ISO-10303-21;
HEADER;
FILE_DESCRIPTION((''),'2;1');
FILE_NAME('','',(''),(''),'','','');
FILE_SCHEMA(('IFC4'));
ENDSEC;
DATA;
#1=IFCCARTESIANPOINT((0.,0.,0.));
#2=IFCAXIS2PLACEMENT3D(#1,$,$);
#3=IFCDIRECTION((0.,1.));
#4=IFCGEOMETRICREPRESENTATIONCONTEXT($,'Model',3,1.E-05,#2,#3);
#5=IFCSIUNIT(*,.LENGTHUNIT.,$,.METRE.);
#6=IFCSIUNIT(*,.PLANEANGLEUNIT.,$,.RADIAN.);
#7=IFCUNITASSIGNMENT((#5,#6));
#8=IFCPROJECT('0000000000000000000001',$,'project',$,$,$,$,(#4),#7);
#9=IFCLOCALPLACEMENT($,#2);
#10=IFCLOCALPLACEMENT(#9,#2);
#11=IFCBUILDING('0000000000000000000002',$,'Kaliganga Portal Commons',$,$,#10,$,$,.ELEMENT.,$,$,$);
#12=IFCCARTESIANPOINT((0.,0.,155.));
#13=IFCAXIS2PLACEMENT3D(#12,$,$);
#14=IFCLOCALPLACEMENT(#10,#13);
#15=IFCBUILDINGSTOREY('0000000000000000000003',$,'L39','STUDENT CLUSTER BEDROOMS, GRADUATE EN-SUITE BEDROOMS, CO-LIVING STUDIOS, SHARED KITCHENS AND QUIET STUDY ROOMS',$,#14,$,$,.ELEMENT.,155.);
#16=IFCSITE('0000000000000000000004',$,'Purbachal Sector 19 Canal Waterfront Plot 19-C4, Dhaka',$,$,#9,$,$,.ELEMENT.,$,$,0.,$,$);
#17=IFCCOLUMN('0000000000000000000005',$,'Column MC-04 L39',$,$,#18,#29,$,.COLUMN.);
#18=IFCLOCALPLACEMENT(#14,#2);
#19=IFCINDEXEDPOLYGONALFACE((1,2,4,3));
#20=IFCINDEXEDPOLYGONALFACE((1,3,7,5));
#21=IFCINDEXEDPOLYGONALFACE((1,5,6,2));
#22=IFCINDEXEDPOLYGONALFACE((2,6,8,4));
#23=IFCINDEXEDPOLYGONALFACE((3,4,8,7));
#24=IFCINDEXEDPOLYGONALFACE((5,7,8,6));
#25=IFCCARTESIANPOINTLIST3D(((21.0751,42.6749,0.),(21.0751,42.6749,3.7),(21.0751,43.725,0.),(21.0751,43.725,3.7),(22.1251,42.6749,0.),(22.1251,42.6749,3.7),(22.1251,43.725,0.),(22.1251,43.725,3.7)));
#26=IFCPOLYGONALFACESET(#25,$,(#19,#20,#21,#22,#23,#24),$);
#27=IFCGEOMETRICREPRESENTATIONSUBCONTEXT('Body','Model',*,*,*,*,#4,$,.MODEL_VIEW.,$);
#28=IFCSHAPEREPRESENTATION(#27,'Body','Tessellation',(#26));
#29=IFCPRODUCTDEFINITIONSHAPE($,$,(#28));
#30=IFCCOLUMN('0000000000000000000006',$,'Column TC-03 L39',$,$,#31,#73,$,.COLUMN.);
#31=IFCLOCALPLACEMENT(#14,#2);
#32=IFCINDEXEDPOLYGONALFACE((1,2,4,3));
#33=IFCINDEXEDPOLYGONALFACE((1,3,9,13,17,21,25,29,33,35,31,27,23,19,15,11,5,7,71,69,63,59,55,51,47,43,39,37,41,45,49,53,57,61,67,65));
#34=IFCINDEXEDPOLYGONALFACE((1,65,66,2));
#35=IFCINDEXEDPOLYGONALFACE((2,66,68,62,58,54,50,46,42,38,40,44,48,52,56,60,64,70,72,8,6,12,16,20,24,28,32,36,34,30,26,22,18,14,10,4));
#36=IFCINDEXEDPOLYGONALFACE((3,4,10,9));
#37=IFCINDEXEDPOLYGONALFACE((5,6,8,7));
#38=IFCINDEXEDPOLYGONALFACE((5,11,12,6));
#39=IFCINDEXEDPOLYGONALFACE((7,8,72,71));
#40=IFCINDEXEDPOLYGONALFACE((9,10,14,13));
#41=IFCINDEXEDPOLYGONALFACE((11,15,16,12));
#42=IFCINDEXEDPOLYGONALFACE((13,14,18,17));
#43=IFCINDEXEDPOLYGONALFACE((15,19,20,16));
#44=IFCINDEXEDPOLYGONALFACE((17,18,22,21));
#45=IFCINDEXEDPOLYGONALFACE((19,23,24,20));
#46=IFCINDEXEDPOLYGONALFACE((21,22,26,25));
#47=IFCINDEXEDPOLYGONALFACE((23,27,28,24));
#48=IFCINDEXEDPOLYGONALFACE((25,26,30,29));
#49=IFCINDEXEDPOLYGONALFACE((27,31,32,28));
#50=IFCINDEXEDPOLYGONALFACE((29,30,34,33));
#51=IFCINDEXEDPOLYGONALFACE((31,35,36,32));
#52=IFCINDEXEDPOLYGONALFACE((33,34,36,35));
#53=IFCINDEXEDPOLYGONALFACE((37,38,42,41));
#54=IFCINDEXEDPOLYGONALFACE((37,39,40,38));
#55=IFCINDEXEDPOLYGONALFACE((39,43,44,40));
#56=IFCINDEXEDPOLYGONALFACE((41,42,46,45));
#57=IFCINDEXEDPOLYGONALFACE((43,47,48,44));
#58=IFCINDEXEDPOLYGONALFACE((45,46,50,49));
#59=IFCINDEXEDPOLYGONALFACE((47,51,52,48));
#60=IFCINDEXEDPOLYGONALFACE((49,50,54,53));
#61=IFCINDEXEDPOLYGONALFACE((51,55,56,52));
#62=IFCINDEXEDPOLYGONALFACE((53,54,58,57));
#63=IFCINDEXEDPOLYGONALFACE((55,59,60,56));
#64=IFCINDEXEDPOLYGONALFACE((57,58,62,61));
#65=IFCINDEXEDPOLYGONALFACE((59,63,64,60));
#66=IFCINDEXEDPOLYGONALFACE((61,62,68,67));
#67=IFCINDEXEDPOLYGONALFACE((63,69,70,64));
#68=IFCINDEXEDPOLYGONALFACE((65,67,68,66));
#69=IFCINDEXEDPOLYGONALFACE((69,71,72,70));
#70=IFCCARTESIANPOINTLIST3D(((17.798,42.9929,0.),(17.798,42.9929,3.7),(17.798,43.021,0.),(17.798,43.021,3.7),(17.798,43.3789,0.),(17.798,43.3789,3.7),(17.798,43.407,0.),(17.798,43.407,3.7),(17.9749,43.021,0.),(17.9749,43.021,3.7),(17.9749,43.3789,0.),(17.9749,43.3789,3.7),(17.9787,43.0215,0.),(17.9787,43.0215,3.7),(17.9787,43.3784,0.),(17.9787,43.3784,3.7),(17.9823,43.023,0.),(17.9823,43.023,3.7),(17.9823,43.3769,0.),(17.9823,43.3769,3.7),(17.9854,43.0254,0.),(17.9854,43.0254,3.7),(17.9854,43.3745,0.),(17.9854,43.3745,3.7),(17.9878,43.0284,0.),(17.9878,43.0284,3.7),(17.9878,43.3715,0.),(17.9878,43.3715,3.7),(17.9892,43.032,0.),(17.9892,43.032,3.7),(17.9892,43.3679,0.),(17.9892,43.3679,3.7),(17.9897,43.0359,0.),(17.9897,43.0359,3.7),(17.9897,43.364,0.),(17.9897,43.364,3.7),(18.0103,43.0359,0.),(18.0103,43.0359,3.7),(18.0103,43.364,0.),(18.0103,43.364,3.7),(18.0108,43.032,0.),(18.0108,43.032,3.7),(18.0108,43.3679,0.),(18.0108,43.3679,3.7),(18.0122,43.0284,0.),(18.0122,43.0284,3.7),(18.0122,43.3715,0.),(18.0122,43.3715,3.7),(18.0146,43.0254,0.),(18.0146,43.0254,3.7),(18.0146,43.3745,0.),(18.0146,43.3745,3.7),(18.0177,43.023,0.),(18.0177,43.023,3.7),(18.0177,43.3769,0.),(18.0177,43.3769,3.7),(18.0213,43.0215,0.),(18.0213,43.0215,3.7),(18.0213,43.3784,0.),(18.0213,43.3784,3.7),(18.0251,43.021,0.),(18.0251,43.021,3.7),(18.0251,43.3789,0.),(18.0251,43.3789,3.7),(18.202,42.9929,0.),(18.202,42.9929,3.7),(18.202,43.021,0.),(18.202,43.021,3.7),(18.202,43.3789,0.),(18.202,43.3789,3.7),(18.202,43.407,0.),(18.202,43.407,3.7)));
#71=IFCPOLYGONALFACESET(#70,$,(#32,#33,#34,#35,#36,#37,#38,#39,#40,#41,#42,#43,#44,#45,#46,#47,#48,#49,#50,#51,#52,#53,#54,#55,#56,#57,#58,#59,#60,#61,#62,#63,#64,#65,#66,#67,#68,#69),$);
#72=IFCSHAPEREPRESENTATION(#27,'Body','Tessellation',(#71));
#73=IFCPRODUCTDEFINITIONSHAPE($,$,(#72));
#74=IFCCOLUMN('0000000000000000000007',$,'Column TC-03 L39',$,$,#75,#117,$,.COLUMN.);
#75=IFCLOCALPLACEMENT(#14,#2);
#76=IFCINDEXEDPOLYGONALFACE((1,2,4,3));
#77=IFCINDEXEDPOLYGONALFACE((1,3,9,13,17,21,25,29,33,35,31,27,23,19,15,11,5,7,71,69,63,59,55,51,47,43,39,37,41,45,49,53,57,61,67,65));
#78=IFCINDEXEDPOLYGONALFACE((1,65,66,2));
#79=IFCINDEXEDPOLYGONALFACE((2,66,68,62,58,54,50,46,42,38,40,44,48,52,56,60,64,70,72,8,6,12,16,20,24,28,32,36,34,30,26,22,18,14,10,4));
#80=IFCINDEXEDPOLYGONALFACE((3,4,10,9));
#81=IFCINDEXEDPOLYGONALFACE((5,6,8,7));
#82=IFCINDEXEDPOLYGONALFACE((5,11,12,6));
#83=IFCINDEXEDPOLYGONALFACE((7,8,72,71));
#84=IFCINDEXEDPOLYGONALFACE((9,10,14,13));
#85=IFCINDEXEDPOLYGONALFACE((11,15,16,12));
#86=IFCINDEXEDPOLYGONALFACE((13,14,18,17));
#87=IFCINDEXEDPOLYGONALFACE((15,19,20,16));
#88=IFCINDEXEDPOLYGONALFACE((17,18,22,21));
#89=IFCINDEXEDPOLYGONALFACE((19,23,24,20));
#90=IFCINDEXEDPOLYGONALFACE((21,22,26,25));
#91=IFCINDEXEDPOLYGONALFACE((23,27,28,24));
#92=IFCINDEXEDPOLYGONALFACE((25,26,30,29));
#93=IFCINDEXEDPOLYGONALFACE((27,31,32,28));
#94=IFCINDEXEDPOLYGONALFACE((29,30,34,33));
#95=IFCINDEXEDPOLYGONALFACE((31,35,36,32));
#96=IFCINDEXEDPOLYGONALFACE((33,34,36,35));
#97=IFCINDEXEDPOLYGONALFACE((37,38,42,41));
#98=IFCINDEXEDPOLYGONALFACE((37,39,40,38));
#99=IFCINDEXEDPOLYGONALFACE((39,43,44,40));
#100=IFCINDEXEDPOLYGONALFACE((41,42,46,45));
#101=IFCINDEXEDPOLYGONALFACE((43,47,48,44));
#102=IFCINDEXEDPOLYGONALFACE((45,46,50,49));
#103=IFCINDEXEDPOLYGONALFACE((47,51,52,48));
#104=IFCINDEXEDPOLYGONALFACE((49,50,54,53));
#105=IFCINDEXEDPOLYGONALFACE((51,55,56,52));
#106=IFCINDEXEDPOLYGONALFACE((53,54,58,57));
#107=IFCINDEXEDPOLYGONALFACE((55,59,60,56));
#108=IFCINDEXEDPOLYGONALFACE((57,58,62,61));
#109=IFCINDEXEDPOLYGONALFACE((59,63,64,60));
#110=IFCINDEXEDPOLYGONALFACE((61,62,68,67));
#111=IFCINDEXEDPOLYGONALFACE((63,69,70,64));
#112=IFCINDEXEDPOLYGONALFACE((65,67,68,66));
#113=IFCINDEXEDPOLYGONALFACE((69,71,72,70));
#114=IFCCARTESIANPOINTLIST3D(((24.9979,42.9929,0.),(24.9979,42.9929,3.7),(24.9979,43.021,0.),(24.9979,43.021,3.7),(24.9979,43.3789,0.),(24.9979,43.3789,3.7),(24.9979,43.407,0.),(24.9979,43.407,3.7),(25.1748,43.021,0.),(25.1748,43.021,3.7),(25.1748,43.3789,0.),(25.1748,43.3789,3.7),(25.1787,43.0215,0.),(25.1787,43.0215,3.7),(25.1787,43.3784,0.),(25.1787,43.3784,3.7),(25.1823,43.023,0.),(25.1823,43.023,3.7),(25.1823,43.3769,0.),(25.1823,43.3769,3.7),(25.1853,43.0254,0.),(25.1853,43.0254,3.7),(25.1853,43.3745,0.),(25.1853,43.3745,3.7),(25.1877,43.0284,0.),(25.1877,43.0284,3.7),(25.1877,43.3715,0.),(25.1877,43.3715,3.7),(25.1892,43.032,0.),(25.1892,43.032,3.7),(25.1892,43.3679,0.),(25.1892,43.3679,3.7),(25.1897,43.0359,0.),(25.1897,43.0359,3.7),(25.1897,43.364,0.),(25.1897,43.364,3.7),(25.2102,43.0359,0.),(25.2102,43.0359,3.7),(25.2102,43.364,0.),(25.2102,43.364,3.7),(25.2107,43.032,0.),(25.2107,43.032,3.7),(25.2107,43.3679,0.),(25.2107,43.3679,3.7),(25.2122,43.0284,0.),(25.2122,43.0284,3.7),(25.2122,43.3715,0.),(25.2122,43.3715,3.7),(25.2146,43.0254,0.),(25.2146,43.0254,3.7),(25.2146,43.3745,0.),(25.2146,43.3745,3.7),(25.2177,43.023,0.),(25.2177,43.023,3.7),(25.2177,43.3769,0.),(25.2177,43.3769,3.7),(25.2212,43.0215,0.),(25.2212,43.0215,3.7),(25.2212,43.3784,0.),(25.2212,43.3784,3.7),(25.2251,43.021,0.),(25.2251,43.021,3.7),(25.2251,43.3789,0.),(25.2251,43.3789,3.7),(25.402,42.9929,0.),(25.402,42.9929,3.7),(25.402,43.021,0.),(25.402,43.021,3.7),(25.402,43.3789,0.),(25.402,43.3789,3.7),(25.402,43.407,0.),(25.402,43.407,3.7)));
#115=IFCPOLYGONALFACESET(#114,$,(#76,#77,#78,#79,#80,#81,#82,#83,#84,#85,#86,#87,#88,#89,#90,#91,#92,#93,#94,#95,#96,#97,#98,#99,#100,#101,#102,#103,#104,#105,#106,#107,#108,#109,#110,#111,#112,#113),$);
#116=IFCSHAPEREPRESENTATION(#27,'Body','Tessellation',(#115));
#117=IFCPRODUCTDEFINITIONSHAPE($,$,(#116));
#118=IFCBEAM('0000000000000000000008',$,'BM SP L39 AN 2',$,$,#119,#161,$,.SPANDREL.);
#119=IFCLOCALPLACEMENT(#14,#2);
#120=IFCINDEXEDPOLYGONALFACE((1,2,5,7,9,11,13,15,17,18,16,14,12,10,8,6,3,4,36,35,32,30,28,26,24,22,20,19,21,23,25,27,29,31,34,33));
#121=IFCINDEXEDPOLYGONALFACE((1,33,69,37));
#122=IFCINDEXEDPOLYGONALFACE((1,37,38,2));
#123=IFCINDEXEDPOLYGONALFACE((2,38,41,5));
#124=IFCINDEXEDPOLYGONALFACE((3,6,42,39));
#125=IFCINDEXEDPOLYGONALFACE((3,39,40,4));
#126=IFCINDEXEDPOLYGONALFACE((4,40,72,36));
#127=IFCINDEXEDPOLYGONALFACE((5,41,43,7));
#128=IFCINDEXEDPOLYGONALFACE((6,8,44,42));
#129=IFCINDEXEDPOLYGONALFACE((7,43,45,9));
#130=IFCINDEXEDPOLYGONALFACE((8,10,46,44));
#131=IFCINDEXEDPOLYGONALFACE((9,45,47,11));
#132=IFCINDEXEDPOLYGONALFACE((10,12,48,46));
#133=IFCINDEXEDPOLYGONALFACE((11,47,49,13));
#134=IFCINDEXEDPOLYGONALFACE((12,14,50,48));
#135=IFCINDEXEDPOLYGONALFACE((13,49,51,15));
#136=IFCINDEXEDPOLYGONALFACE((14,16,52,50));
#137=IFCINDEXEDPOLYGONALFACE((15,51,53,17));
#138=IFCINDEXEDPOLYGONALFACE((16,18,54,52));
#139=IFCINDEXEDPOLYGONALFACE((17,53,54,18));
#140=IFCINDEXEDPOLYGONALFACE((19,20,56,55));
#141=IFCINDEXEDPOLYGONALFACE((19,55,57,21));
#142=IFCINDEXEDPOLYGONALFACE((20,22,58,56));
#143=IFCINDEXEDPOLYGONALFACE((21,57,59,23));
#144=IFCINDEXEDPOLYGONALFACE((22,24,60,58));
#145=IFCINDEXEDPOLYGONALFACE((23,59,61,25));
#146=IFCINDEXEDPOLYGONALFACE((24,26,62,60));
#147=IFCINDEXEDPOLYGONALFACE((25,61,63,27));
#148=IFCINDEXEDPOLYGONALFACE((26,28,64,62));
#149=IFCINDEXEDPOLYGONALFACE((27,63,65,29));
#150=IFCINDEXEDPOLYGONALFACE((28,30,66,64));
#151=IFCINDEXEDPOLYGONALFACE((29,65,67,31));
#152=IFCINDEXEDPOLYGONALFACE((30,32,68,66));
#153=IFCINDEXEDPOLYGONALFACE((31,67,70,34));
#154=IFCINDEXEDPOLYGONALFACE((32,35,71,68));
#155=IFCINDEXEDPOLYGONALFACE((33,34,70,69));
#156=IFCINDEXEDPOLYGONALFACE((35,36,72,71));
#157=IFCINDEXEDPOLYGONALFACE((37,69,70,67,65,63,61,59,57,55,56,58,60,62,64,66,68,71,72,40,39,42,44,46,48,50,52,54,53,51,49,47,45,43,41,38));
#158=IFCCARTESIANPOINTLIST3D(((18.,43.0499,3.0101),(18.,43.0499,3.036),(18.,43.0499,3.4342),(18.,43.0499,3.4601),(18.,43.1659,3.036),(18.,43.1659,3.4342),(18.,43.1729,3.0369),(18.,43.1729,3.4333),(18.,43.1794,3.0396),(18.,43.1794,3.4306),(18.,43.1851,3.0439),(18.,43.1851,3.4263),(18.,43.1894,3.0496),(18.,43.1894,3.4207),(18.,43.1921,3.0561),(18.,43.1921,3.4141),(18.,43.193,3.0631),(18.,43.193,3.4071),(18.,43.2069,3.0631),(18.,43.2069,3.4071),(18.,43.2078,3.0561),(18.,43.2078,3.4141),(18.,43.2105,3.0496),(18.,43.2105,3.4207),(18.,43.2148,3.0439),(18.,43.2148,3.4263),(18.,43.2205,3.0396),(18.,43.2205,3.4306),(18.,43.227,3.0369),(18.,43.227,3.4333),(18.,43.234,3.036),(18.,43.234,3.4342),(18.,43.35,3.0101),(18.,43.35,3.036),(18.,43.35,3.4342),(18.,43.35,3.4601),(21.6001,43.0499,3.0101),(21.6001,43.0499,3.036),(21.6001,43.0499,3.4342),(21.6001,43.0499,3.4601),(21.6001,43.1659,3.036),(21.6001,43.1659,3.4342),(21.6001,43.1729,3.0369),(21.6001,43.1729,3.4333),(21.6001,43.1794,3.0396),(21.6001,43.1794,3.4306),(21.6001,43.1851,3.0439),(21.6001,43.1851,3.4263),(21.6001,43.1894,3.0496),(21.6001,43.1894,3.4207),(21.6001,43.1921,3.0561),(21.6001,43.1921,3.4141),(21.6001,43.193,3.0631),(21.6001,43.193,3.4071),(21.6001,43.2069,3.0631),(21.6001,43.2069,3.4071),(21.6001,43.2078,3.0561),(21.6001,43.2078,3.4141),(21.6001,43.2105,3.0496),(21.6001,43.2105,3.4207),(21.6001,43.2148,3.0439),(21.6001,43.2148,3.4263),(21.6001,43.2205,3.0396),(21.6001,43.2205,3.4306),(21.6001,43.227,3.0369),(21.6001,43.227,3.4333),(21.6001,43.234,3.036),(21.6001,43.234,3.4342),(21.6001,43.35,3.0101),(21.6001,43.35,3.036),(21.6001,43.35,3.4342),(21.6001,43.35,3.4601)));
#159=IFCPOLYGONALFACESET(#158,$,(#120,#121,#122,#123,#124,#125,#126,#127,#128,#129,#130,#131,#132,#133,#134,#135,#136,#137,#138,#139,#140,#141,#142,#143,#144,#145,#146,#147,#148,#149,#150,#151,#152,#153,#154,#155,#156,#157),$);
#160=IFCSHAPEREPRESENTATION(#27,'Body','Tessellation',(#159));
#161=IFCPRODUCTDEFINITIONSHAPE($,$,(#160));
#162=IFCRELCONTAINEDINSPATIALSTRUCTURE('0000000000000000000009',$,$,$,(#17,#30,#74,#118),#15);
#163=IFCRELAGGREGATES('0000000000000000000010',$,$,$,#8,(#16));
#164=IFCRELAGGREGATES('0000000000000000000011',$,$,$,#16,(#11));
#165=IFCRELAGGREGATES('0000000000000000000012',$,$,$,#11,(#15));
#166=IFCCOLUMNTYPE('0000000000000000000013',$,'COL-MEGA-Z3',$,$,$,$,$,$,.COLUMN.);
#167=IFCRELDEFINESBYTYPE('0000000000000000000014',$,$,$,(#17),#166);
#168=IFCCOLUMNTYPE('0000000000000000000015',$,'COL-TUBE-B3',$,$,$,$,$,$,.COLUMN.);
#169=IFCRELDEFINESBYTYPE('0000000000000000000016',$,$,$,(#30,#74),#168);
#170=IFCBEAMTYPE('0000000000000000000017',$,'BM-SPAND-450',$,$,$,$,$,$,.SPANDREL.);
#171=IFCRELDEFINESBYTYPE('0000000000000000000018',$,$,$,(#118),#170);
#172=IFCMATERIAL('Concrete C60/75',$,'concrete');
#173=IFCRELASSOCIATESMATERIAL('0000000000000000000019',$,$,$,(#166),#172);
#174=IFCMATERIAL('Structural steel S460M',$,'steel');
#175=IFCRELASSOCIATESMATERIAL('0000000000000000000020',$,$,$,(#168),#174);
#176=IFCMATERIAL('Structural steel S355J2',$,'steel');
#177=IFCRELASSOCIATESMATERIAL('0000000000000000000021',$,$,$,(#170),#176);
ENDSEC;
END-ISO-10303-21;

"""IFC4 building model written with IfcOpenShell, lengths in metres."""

from ifc_helpers import new_model, si_unit, direction, frame, origin, origin_2d, place, context, subcontext, project, spatial, rectangle, i_section, extrude, source, transform, mapped, material, material_profile, profile_set, type_object, element, save


model = new_model("IFC4")

# Units and contexts
model_context = context("Model", 3, precision=1e-05, world=origin(), true_north=direction((0.0, 1.0)))
body_context = subcontext(model_context, "Body", "Model", "MODEL_VIEW")
ifc_project = project(units=[si_unit("LENGTHUNIT", "METRE"), si_unit("PLANEANGLEUNIT", "RADIAN")], contexts=[model_context])

# Site, building, storey
site_placement = place(None, origin())
site = spatial("IfcSite", under=ifc_project, at=site_placement, Name="Purbachal Sector 19 Canal Waterfront Plot 19-C4, Dhaka", CompositionType="ELEMENT", RefElevation=0.0)
building_placement = place(site_placement, origin())
building = spatial("IfcBuilding", under=site, at=building_placement, Name="Kaliganga Portal Commons", CompositionType="ELEMENT")
storey_placement = place(building_placement, frame((0.0, 0.0, 155.0)))
storey = spatial("IfcBuildingStorey", under=building, at=storey_placement, Name="L39", Description="STUDENT CLUSTER BEDROOMS, GRADUATE EN-SUITE BEDROOMS, CO-LIVING STUDIOS, SHARED KITCHENS AND QUIET STUDY ROOMS", CompositionType="ELEMENT", Elevation=155.0)

# Columns
ifc_material_1 = material(Name="Concrete C60/75", Category="concrete")
ifc_material_profile_1 = material_profile(ifc_material_1, rectangle(XDim=1.05, YDim=1.05, at=origin_2d()), Name="RC 1050x1050")
ifc_profile_set_1 = profile_set([ifc_material_profile_1], Name="Concrete C60/75")
column_type_1 = type_object("IfcColumnType", Name="COL-MEGA-Z3", PredefinedType="COLUMN", material=ifc_profile_set_1)
shared_shape_1 = source(origin(), body_context, "Body", "SweptSolid", [
    extrude(rectangle(XDim=1.05, YDim=1.05, at=origin_2d()), origin(), (0.0, 0.0, 1.0), 3.7),
])
column_placement = place(storey_placement, frame((21.6001, 43.2, 0.0), z_axis=(0.0, 0.0, 1.0), x_axis=(1.0, 0.0, 0.0)))
element("IfcColumn", 1, at=column_placement, inside=storey, type_object=column_type_1, Name="Column MC-04 L39", PredefinedType="COLUMN", context=body_context, shape_type="MappedRepresentation", body=[
    mapped(shared_shape_1, transform((0.0, 0.0, 0.0), x_axis=(1.0, 0.0, 0.0), y_axis=(0.0, 1.0, 0.0), z_axis=(0.0, 0.0, 1.0), scale=1.0)),
])
ifc_material_2 = material(Name="Structural steel S460M", Category="steel")
ifc_material_profile_2 = material_profile(ifc_material_2, i_section(OverallWidth=0.4041, OverallDepth=0.4141, WebThickness=0.0205, FlangeThickness=0.0281, FilletRadius=0.0149, at=origin_2d()), Name="HD 400x347")
ifc_profile_set_2 = profile_set([ifc_material_profile_2], Name="Structural steel S460M wide-flange")
column_type_2 = type_object("IfcColumnType", Name="COL-TUBE-B3", PredefinedType="COLUMN", material=ifc_profile_set_2)
shared_shape_2 = source(origin(), body_context, "Body", "SweptSolid", [
    extrude(i_section(OverallWidth=0.4041, OverallDepth=0.4141, WebThickness=0.0205, FlangeThickness=0.0281, FilletRadius=0.0149, at=origin_2d()), origin(), (0.0, 0.0, 1.0), 3.7),
])
for number, where, z_axis, x_axis, name in (
    (2, (18.0, 43.2, 0.0), (0.0, 0.0, 1.0), (1.0, 0.0, 0.0), "Column TC-03 L39"),
    (3, (25.2, 43.2, 0.0), (0.0, 0.0, 1.0), (1.0, 0.0, 0.0), "Column TC-03 L39"),
):
    element("IfcColumn", number, at=place(storey_placement, frame(where, z_axis=z_axis, x_axis=x_axis)), inside=storey, type_object=column_type_2, Name=name, PredefinedType="COLUMN", context=body_context, shape_type="MappedRepresentation", body=[
        mapped(shared_shape_2, transform((0.0, 0.0, 0.0), x_axis=(1.0, 0.0, 0.0), y_axis=(0.0, 1.0, 0.0), z_axis=(0.0, 0.0, 1.0), scale=1.0)),
    ])

# Beam
ifc_material_3 = material(Name="Structural steel S355J2", Category="steel")
ifc_material_profile_3 = material_profile(ifc_material_3, i_section(OverallWidth=0.3, OverallDepth=0.45, WebThickness=0.0139, FlangeThickness=0.0259, FilletRadius=0.0271, at=origin_2d()), Name="HE 450 B")
ifc_profile_set_3 = profile_set([ifc_material_profile_3], Name="Structural steel S355J2 wide-flange")
beam_type_1 = type_object("IfcBeamType", Name="BM-SPAND-450", PredefinedType="SPANDREL", material=ifc_profile_set_3)
shared_shape_3 = source(origin(), body_context, "Body", "SweptSolid", [
    extrude(i_section(OverallWidth=0.3, OverallDepth=0.45, WebThickness=0.0139, FlangeThickness=0.0259, FilletRadius=0.0271, at=origin_2d()), origin(), (0.0, 0.0, 1.0), 3.6001),
])
for number, where, z_axis, x_axis, name in (
    (4, (18.0, 43.2, 3.2351), (1.0, 0.0, 0.0), (0.0, 1.0, 0.0), "BM SP L39 AN 2"),
):
    element("IfcBeam", number, at=place(storey_placement, frame(where, z_axis=z_axis, x_axis=x_axis)), inside=storey, type_object=beam_type_1, Name=name, PredefinedType="SPANDREL", context=body_context, shape_type="MappedRepresentation", body=[
        mapped(shared_shape_3, transform((0.0, 0.0, 0.0), x_axis=(1.0, 0.0, 0.0), y_axis=(0.0, 1.0, 0.0), z_axis=(0.0, 0.0, 1.0), scale=1.0)),
    ])

save(model, "model.ifc")
